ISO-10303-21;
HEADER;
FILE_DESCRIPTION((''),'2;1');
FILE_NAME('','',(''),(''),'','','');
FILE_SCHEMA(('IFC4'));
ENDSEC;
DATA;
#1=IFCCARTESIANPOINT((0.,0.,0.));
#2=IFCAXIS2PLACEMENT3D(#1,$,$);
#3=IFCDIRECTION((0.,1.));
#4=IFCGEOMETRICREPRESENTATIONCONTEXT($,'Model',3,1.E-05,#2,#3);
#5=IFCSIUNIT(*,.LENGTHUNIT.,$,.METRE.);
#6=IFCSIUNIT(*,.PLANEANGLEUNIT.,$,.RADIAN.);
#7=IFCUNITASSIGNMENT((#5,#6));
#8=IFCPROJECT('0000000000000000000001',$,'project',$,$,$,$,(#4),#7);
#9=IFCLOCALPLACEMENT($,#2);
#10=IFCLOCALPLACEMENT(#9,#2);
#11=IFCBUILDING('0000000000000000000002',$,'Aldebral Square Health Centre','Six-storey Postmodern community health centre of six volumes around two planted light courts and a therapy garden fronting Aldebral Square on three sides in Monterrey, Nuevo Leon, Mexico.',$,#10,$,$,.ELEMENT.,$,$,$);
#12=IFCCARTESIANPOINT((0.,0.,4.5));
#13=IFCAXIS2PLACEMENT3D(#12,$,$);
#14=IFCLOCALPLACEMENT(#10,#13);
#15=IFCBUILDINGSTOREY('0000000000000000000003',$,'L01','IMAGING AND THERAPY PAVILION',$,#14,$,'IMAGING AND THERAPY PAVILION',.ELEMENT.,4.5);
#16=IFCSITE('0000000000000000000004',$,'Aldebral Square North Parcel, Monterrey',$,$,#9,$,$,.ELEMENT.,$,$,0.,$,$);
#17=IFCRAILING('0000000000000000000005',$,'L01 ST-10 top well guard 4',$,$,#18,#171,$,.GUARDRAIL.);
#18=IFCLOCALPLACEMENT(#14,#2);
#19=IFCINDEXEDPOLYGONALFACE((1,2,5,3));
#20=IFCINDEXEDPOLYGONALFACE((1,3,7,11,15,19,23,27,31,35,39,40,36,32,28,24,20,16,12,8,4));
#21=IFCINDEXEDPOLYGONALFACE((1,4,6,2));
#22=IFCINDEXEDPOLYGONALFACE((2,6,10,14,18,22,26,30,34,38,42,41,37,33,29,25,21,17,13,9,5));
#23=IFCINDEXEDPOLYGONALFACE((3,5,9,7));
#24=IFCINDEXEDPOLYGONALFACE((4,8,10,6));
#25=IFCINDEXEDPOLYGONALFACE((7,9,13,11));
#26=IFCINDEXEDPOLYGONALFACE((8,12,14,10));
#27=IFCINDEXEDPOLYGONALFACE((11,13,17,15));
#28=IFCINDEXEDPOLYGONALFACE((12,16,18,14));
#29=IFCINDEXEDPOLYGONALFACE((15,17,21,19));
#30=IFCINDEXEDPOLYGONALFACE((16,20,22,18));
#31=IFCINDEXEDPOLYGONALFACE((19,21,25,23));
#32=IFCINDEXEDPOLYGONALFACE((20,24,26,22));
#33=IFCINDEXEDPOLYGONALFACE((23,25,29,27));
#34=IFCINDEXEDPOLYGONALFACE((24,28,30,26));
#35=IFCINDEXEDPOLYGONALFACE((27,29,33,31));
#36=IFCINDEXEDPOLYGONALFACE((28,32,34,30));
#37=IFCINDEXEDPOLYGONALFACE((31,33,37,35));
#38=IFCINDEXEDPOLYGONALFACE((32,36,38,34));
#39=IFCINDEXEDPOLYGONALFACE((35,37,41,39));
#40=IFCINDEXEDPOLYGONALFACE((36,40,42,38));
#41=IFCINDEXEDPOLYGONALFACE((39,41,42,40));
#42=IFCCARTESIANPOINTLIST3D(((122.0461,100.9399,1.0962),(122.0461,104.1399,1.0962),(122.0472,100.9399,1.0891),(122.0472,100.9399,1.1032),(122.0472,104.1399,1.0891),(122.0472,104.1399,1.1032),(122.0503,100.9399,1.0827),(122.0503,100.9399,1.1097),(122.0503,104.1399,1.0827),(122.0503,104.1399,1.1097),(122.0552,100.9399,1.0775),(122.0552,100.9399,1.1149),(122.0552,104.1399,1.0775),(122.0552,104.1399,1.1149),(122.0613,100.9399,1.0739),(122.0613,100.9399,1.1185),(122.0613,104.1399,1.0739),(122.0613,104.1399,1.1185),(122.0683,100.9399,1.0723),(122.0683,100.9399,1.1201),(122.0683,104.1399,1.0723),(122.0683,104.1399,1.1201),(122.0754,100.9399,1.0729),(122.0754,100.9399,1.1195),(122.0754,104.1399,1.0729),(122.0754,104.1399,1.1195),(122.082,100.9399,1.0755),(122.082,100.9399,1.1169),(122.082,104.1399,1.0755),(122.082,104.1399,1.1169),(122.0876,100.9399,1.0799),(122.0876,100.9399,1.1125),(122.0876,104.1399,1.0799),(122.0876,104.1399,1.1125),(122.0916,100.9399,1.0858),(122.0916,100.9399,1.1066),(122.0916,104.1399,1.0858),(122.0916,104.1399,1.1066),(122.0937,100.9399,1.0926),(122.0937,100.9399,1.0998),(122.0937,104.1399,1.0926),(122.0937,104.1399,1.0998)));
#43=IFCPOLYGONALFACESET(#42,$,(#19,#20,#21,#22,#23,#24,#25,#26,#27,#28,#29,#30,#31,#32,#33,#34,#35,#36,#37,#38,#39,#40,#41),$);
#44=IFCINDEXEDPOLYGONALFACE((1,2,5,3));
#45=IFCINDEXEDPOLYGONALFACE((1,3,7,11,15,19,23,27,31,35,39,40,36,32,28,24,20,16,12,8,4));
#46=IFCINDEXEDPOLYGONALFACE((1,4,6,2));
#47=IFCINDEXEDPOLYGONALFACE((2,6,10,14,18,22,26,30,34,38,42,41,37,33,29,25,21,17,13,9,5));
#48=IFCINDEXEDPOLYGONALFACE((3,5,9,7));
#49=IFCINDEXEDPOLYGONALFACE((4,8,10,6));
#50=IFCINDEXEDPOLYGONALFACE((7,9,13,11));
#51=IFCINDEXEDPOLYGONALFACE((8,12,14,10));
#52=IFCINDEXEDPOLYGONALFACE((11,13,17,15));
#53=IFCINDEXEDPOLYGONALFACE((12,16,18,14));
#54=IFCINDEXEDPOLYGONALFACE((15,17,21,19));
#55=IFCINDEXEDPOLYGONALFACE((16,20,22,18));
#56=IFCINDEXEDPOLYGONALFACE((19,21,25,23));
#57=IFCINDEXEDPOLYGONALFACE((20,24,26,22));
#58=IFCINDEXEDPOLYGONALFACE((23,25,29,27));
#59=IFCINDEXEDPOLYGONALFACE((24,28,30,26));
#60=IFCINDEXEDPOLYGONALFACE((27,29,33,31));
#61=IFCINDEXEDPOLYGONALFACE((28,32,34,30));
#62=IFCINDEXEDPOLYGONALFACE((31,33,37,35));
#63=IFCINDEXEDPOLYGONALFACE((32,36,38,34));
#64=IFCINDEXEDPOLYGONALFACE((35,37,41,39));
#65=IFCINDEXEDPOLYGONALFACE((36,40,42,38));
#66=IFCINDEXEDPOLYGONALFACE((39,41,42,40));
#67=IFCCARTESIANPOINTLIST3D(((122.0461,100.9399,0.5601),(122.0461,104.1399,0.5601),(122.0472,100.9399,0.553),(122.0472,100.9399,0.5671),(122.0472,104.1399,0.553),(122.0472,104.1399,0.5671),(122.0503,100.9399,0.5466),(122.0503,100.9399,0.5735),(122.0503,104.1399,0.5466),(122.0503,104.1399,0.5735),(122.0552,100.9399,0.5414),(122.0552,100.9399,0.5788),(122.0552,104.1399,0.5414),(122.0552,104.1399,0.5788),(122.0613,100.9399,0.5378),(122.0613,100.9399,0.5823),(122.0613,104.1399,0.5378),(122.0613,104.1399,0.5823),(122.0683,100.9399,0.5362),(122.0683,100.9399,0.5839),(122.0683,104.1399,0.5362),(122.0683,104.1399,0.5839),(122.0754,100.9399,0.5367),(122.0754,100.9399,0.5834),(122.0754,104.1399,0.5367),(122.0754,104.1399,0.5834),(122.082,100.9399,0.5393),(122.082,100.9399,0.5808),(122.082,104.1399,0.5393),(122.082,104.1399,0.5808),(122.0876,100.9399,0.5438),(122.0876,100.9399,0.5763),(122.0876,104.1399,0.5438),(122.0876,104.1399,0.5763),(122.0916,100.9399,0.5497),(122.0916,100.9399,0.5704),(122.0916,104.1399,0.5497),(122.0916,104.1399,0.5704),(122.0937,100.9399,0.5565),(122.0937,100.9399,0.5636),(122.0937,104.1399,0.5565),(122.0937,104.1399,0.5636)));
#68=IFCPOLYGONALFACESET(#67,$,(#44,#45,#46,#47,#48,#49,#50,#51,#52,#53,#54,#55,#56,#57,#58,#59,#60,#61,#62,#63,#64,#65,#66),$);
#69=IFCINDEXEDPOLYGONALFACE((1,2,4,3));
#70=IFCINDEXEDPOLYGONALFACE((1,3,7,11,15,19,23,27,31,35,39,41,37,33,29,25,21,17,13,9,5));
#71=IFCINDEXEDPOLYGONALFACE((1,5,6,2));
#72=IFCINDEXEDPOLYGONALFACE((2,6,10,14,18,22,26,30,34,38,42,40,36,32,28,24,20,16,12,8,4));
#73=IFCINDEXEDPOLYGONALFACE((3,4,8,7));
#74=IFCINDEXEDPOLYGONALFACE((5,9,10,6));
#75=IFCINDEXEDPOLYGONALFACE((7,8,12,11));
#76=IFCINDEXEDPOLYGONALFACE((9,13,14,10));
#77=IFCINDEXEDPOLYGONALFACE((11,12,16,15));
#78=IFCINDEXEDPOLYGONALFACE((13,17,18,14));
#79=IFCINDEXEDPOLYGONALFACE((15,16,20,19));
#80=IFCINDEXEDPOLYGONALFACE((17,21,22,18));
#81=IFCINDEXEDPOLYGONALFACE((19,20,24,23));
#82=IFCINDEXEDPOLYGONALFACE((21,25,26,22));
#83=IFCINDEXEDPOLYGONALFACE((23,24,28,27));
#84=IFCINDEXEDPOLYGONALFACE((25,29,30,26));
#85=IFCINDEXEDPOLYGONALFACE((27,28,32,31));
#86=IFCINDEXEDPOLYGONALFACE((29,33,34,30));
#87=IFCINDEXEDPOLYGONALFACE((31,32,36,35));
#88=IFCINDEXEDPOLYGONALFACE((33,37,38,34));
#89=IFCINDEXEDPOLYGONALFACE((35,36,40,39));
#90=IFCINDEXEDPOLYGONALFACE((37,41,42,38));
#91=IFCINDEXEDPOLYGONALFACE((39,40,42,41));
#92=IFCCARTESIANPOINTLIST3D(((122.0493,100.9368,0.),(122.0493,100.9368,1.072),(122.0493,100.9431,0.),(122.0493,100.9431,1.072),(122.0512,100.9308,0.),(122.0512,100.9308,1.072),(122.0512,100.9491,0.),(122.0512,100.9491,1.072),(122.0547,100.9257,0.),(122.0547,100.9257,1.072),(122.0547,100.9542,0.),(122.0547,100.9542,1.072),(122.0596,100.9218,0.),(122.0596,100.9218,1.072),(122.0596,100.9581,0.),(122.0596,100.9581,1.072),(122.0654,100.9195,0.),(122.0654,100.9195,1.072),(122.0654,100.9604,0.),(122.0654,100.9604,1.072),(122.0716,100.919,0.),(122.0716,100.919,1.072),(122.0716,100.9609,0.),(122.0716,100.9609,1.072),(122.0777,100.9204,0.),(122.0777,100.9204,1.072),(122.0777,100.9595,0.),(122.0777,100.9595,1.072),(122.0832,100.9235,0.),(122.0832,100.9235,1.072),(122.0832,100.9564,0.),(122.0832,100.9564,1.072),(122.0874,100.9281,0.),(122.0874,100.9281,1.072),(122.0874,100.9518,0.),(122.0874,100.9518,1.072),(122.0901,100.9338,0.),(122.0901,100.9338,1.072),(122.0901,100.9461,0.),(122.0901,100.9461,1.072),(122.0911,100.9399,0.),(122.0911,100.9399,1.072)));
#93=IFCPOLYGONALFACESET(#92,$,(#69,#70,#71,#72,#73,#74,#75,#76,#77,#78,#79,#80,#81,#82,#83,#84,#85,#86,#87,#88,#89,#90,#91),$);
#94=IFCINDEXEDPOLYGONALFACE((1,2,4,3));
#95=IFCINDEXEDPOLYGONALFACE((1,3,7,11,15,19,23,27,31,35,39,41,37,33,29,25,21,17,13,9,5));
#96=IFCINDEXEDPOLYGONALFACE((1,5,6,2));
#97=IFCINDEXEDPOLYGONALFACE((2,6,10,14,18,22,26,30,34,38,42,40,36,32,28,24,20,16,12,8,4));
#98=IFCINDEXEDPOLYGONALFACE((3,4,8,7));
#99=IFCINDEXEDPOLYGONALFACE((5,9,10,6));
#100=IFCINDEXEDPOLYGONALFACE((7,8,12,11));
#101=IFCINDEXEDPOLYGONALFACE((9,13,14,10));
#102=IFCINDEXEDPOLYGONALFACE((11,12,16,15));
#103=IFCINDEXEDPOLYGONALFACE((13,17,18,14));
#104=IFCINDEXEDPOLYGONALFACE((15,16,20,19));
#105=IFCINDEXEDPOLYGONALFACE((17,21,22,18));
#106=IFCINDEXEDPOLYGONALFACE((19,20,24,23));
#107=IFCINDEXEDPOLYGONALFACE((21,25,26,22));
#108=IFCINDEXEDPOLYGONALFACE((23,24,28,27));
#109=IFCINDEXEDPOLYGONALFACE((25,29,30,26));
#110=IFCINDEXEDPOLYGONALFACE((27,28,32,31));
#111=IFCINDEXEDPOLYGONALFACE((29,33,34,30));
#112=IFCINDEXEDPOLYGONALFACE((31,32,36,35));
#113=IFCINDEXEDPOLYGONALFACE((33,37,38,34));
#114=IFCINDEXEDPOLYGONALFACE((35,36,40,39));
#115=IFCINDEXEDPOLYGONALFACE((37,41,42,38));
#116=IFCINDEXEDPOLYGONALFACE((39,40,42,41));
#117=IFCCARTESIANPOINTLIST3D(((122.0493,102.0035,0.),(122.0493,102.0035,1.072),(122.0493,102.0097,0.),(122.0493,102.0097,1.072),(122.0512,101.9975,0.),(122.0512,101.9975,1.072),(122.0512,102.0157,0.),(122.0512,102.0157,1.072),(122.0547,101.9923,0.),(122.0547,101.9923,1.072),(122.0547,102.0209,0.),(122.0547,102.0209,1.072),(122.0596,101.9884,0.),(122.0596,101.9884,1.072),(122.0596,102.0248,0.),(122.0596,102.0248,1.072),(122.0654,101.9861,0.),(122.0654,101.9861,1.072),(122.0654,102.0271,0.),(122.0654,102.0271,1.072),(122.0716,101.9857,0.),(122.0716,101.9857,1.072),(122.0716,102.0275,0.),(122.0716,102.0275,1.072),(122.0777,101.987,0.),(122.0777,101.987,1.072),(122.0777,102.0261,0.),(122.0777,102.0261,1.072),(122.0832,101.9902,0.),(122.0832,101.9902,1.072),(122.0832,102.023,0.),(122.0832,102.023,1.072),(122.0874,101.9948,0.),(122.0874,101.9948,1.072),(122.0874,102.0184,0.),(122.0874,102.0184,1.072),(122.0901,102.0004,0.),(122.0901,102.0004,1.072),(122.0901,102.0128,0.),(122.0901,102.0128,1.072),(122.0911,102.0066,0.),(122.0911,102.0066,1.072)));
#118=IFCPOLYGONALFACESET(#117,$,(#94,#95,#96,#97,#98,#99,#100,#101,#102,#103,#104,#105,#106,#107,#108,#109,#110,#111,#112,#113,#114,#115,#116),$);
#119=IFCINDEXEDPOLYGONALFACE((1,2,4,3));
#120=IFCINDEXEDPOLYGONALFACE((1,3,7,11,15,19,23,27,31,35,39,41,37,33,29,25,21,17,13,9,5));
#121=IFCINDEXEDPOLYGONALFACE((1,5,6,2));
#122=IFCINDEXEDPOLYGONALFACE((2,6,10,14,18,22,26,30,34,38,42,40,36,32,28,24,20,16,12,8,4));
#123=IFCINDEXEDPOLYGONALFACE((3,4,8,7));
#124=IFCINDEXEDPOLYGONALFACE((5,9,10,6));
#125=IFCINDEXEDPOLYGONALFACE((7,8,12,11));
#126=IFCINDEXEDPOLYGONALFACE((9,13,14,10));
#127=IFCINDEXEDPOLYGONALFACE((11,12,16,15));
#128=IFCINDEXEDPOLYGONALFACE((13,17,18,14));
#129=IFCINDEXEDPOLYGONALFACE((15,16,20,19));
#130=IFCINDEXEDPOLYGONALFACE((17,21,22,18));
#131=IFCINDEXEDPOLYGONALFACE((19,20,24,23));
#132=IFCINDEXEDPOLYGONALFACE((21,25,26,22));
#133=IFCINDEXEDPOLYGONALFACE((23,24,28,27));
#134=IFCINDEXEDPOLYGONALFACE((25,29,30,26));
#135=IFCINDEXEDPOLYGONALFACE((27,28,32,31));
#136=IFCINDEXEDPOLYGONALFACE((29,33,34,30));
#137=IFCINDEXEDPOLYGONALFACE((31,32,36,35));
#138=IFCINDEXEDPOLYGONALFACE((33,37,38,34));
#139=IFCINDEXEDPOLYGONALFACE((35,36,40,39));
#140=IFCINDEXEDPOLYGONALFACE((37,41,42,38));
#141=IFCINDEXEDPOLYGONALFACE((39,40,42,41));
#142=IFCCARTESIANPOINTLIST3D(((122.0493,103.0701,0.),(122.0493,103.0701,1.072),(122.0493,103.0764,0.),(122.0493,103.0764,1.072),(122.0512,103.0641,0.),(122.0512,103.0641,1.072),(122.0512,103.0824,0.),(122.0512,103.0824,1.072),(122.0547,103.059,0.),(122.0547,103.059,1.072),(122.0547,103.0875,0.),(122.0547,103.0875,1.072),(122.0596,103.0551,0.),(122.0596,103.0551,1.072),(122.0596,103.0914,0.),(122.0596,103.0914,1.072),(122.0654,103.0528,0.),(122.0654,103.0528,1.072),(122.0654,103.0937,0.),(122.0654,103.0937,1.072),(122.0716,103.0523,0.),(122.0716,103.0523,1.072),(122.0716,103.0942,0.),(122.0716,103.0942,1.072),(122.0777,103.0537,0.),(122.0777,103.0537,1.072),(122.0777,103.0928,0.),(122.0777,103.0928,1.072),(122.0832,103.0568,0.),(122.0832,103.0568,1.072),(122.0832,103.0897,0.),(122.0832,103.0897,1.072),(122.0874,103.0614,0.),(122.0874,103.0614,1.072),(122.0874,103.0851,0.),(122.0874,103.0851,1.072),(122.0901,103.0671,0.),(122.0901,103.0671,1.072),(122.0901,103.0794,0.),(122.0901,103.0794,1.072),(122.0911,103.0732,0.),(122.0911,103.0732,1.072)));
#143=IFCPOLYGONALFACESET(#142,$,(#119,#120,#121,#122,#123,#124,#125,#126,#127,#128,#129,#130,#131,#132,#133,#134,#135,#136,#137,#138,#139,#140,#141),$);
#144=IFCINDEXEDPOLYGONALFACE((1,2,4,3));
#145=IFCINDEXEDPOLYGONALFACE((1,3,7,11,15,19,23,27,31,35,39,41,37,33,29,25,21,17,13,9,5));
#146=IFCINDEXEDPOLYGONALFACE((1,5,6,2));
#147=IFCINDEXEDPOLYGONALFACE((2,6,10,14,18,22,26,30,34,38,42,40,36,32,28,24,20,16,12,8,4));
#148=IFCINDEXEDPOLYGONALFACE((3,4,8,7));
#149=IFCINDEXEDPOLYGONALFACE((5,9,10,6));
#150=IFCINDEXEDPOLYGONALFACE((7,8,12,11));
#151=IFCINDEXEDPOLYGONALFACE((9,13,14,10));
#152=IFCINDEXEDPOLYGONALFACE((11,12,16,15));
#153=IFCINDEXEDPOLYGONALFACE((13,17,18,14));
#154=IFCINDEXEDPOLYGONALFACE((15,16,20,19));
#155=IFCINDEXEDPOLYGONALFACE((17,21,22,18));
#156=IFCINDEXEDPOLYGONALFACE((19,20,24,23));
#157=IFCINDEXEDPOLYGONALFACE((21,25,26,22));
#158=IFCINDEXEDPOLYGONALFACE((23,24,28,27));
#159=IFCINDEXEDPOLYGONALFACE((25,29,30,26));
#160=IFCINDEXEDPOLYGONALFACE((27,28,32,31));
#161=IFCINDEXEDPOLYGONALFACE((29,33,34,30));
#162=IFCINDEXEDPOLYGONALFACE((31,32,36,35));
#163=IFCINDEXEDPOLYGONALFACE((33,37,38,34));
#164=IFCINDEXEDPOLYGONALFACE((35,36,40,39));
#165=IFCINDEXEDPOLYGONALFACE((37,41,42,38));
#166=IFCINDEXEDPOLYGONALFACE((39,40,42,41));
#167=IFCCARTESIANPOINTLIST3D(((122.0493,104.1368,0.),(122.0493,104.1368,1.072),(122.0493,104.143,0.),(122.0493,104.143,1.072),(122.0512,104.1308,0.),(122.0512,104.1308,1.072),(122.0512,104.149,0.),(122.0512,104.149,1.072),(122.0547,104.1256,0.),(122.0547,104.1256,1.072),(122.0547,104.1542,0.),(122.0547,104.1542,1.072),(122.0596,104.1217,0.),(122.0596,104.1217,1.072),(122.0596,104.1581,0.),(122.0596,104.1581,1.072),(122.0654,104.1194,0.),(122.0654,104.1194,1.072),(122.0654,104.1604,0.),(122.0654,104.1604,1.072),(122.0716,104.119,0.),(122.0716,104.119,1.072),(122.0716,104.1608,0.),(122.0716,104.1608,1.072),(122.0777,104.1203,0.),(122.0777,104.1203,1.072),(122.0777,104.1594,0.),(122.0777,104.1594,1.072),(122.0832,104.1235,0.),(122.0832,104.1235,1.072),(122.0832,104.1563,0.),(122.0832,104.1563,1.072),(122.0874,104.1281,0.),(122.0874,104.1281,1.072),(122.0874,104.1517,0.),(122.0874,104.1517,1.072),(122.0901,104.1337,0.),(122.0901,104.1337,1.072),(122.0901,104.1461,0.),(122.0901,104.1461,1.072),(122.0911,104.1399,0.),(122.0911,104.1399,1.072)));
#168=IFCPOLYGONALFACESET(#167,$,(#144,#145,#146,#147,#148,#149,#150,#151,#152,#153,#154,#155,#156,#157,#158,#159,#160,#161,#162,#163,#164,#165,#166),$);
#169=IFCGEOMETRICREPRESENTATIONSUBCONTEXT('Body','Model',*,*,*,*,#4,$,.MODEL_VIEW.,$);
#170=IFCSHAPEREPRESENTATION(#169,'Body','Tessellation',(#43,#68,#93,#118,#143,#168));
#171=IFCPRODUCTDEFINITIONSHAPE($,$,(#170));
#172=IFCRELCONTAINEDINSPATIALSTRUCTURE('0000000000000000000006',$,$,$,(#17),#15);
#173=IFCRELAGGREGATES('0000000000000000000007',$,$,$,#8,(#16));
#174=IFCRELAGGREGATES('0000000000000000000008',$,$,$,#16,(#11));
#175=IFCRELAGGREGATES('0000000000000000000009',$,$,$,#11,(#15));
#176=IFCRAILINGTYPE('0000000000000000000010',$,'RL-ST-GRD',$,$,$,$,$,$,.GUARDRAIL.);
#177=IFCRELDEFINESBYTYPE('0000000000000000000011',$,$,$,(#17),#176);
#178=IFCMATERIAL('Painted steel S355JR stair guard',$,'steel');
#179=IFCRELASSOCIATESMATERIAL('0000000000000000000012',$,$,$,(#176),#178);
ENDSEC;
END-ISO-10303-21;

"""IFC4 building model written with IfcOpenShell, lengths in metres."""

from ifc_helpers import new_model, si_unit, direction, frame, origin, origin_2d, place, context, subcontext, project, spatial, circle, extrude, material, type_object, element, save


model = new_model("IFC4")

# Units and contexts
model_context = context("Model", 3, precision=1e-05, world=origin(), true_north=direction((0.0, 1.0)))
body_context = subcontext(model_context, "Body", "Model", "MODEL_VIEW")
ifc_project = project(units=[si_unit("LENGTHUNIT", "METRE"), si_unit("PLANEANGLEUNIT", "RADIAN")], contexts=[model_context])

# Site, building, storey
site_placement = place(None, origin())
site = spatial("IfcSite", under=ifc_project, at=site_placement, Name="Aldebral Square North Parcel, Monterrey", CompositionType="ELEMENT", RefElevation=0.0)
building_placement = place(site_placement, origin())
building = spatial("IfcBuilding", under=site, at=building_placement, Name="Aldebral Square Health Centre", Description="Six-storey Postmodern community health centre of six volumes around two planted light courts and a therapy garden fronting Aldebral Square on three sides in Monterrey, Nuevo Leon, Mexico.", CompositionType="ELEMENT")
storey_placement = place(building_placement, frame((0.0, 0.0, 4.5)))
storey = spatial("IfcBuildingStorey", under=building, at=storey_placement, Name="L01", Description="IMAGING AND THERAPY PAVILION", LongName="IMAGING AND THERAPY PAVILION", CompositionType="ELEMENT", Elevation=4.5)

# Railing
ifc_material_1 = material(Name="Painted steel S355JR stair guard", Category="steel")
railing_type = type_object("IfcRailingType", Name="RL-ST-GRD", PredefinedType="GUARDRAIL", material=ifc_material_1)
railing_1_placement = place(storey_placement, frame((122.0701, 100.9399, 0.0)))
element("IfcRailing", 1, at=railing_1_placement, inside=storey, type_object=railing_type, Name="L01 ST-10 top well guard 4", PredefinedType="GUARDRAIL", context=body_context, shape_type="SweptSolid", body=[
    extrude(circle(Radius=0.0239, at=origin_2d()), frame((0.0, 0.0, 1.0962), z_axis=(0.0, 1.0, 0.0), x_axis=(-1.0, 0.0, 0.0)), (0.0, 0.0, 1.0), 3.2),
    extrude(circle(Radius=0.0239, at=origin_2d()), frame((0.0, 0.0, 0.5601), z_axis=(0.0, 1.0, 0.0), x_axis=(-1.0, 0.0, 0.0)), (0.0, 0.0, 1.0), 3.2),
    extrude(circle(Radius=0.021, at=origin_2d()), origin(), (0.0, 0.0, 1.0), 1.072),
    extrude(circle(Radius=0.021, at=origin_2d()), frame((0.0, 1.0667, 0.0)), (0.0, 0.0, 1.0), 1.072),
    extrude(circle(Radius=0.021, at=origin_2d()), frame((0.0, 2.1333, 0.0)), (0.0, 0.0, 1.0), 1.072),
    extrude(circle(Radius=0.021, at=origin_2d()), frame((0.0, 3.2, 0.0)), (0.0, 0.0, 1.0), 1.072),
])

save(model, "model.ifc")
